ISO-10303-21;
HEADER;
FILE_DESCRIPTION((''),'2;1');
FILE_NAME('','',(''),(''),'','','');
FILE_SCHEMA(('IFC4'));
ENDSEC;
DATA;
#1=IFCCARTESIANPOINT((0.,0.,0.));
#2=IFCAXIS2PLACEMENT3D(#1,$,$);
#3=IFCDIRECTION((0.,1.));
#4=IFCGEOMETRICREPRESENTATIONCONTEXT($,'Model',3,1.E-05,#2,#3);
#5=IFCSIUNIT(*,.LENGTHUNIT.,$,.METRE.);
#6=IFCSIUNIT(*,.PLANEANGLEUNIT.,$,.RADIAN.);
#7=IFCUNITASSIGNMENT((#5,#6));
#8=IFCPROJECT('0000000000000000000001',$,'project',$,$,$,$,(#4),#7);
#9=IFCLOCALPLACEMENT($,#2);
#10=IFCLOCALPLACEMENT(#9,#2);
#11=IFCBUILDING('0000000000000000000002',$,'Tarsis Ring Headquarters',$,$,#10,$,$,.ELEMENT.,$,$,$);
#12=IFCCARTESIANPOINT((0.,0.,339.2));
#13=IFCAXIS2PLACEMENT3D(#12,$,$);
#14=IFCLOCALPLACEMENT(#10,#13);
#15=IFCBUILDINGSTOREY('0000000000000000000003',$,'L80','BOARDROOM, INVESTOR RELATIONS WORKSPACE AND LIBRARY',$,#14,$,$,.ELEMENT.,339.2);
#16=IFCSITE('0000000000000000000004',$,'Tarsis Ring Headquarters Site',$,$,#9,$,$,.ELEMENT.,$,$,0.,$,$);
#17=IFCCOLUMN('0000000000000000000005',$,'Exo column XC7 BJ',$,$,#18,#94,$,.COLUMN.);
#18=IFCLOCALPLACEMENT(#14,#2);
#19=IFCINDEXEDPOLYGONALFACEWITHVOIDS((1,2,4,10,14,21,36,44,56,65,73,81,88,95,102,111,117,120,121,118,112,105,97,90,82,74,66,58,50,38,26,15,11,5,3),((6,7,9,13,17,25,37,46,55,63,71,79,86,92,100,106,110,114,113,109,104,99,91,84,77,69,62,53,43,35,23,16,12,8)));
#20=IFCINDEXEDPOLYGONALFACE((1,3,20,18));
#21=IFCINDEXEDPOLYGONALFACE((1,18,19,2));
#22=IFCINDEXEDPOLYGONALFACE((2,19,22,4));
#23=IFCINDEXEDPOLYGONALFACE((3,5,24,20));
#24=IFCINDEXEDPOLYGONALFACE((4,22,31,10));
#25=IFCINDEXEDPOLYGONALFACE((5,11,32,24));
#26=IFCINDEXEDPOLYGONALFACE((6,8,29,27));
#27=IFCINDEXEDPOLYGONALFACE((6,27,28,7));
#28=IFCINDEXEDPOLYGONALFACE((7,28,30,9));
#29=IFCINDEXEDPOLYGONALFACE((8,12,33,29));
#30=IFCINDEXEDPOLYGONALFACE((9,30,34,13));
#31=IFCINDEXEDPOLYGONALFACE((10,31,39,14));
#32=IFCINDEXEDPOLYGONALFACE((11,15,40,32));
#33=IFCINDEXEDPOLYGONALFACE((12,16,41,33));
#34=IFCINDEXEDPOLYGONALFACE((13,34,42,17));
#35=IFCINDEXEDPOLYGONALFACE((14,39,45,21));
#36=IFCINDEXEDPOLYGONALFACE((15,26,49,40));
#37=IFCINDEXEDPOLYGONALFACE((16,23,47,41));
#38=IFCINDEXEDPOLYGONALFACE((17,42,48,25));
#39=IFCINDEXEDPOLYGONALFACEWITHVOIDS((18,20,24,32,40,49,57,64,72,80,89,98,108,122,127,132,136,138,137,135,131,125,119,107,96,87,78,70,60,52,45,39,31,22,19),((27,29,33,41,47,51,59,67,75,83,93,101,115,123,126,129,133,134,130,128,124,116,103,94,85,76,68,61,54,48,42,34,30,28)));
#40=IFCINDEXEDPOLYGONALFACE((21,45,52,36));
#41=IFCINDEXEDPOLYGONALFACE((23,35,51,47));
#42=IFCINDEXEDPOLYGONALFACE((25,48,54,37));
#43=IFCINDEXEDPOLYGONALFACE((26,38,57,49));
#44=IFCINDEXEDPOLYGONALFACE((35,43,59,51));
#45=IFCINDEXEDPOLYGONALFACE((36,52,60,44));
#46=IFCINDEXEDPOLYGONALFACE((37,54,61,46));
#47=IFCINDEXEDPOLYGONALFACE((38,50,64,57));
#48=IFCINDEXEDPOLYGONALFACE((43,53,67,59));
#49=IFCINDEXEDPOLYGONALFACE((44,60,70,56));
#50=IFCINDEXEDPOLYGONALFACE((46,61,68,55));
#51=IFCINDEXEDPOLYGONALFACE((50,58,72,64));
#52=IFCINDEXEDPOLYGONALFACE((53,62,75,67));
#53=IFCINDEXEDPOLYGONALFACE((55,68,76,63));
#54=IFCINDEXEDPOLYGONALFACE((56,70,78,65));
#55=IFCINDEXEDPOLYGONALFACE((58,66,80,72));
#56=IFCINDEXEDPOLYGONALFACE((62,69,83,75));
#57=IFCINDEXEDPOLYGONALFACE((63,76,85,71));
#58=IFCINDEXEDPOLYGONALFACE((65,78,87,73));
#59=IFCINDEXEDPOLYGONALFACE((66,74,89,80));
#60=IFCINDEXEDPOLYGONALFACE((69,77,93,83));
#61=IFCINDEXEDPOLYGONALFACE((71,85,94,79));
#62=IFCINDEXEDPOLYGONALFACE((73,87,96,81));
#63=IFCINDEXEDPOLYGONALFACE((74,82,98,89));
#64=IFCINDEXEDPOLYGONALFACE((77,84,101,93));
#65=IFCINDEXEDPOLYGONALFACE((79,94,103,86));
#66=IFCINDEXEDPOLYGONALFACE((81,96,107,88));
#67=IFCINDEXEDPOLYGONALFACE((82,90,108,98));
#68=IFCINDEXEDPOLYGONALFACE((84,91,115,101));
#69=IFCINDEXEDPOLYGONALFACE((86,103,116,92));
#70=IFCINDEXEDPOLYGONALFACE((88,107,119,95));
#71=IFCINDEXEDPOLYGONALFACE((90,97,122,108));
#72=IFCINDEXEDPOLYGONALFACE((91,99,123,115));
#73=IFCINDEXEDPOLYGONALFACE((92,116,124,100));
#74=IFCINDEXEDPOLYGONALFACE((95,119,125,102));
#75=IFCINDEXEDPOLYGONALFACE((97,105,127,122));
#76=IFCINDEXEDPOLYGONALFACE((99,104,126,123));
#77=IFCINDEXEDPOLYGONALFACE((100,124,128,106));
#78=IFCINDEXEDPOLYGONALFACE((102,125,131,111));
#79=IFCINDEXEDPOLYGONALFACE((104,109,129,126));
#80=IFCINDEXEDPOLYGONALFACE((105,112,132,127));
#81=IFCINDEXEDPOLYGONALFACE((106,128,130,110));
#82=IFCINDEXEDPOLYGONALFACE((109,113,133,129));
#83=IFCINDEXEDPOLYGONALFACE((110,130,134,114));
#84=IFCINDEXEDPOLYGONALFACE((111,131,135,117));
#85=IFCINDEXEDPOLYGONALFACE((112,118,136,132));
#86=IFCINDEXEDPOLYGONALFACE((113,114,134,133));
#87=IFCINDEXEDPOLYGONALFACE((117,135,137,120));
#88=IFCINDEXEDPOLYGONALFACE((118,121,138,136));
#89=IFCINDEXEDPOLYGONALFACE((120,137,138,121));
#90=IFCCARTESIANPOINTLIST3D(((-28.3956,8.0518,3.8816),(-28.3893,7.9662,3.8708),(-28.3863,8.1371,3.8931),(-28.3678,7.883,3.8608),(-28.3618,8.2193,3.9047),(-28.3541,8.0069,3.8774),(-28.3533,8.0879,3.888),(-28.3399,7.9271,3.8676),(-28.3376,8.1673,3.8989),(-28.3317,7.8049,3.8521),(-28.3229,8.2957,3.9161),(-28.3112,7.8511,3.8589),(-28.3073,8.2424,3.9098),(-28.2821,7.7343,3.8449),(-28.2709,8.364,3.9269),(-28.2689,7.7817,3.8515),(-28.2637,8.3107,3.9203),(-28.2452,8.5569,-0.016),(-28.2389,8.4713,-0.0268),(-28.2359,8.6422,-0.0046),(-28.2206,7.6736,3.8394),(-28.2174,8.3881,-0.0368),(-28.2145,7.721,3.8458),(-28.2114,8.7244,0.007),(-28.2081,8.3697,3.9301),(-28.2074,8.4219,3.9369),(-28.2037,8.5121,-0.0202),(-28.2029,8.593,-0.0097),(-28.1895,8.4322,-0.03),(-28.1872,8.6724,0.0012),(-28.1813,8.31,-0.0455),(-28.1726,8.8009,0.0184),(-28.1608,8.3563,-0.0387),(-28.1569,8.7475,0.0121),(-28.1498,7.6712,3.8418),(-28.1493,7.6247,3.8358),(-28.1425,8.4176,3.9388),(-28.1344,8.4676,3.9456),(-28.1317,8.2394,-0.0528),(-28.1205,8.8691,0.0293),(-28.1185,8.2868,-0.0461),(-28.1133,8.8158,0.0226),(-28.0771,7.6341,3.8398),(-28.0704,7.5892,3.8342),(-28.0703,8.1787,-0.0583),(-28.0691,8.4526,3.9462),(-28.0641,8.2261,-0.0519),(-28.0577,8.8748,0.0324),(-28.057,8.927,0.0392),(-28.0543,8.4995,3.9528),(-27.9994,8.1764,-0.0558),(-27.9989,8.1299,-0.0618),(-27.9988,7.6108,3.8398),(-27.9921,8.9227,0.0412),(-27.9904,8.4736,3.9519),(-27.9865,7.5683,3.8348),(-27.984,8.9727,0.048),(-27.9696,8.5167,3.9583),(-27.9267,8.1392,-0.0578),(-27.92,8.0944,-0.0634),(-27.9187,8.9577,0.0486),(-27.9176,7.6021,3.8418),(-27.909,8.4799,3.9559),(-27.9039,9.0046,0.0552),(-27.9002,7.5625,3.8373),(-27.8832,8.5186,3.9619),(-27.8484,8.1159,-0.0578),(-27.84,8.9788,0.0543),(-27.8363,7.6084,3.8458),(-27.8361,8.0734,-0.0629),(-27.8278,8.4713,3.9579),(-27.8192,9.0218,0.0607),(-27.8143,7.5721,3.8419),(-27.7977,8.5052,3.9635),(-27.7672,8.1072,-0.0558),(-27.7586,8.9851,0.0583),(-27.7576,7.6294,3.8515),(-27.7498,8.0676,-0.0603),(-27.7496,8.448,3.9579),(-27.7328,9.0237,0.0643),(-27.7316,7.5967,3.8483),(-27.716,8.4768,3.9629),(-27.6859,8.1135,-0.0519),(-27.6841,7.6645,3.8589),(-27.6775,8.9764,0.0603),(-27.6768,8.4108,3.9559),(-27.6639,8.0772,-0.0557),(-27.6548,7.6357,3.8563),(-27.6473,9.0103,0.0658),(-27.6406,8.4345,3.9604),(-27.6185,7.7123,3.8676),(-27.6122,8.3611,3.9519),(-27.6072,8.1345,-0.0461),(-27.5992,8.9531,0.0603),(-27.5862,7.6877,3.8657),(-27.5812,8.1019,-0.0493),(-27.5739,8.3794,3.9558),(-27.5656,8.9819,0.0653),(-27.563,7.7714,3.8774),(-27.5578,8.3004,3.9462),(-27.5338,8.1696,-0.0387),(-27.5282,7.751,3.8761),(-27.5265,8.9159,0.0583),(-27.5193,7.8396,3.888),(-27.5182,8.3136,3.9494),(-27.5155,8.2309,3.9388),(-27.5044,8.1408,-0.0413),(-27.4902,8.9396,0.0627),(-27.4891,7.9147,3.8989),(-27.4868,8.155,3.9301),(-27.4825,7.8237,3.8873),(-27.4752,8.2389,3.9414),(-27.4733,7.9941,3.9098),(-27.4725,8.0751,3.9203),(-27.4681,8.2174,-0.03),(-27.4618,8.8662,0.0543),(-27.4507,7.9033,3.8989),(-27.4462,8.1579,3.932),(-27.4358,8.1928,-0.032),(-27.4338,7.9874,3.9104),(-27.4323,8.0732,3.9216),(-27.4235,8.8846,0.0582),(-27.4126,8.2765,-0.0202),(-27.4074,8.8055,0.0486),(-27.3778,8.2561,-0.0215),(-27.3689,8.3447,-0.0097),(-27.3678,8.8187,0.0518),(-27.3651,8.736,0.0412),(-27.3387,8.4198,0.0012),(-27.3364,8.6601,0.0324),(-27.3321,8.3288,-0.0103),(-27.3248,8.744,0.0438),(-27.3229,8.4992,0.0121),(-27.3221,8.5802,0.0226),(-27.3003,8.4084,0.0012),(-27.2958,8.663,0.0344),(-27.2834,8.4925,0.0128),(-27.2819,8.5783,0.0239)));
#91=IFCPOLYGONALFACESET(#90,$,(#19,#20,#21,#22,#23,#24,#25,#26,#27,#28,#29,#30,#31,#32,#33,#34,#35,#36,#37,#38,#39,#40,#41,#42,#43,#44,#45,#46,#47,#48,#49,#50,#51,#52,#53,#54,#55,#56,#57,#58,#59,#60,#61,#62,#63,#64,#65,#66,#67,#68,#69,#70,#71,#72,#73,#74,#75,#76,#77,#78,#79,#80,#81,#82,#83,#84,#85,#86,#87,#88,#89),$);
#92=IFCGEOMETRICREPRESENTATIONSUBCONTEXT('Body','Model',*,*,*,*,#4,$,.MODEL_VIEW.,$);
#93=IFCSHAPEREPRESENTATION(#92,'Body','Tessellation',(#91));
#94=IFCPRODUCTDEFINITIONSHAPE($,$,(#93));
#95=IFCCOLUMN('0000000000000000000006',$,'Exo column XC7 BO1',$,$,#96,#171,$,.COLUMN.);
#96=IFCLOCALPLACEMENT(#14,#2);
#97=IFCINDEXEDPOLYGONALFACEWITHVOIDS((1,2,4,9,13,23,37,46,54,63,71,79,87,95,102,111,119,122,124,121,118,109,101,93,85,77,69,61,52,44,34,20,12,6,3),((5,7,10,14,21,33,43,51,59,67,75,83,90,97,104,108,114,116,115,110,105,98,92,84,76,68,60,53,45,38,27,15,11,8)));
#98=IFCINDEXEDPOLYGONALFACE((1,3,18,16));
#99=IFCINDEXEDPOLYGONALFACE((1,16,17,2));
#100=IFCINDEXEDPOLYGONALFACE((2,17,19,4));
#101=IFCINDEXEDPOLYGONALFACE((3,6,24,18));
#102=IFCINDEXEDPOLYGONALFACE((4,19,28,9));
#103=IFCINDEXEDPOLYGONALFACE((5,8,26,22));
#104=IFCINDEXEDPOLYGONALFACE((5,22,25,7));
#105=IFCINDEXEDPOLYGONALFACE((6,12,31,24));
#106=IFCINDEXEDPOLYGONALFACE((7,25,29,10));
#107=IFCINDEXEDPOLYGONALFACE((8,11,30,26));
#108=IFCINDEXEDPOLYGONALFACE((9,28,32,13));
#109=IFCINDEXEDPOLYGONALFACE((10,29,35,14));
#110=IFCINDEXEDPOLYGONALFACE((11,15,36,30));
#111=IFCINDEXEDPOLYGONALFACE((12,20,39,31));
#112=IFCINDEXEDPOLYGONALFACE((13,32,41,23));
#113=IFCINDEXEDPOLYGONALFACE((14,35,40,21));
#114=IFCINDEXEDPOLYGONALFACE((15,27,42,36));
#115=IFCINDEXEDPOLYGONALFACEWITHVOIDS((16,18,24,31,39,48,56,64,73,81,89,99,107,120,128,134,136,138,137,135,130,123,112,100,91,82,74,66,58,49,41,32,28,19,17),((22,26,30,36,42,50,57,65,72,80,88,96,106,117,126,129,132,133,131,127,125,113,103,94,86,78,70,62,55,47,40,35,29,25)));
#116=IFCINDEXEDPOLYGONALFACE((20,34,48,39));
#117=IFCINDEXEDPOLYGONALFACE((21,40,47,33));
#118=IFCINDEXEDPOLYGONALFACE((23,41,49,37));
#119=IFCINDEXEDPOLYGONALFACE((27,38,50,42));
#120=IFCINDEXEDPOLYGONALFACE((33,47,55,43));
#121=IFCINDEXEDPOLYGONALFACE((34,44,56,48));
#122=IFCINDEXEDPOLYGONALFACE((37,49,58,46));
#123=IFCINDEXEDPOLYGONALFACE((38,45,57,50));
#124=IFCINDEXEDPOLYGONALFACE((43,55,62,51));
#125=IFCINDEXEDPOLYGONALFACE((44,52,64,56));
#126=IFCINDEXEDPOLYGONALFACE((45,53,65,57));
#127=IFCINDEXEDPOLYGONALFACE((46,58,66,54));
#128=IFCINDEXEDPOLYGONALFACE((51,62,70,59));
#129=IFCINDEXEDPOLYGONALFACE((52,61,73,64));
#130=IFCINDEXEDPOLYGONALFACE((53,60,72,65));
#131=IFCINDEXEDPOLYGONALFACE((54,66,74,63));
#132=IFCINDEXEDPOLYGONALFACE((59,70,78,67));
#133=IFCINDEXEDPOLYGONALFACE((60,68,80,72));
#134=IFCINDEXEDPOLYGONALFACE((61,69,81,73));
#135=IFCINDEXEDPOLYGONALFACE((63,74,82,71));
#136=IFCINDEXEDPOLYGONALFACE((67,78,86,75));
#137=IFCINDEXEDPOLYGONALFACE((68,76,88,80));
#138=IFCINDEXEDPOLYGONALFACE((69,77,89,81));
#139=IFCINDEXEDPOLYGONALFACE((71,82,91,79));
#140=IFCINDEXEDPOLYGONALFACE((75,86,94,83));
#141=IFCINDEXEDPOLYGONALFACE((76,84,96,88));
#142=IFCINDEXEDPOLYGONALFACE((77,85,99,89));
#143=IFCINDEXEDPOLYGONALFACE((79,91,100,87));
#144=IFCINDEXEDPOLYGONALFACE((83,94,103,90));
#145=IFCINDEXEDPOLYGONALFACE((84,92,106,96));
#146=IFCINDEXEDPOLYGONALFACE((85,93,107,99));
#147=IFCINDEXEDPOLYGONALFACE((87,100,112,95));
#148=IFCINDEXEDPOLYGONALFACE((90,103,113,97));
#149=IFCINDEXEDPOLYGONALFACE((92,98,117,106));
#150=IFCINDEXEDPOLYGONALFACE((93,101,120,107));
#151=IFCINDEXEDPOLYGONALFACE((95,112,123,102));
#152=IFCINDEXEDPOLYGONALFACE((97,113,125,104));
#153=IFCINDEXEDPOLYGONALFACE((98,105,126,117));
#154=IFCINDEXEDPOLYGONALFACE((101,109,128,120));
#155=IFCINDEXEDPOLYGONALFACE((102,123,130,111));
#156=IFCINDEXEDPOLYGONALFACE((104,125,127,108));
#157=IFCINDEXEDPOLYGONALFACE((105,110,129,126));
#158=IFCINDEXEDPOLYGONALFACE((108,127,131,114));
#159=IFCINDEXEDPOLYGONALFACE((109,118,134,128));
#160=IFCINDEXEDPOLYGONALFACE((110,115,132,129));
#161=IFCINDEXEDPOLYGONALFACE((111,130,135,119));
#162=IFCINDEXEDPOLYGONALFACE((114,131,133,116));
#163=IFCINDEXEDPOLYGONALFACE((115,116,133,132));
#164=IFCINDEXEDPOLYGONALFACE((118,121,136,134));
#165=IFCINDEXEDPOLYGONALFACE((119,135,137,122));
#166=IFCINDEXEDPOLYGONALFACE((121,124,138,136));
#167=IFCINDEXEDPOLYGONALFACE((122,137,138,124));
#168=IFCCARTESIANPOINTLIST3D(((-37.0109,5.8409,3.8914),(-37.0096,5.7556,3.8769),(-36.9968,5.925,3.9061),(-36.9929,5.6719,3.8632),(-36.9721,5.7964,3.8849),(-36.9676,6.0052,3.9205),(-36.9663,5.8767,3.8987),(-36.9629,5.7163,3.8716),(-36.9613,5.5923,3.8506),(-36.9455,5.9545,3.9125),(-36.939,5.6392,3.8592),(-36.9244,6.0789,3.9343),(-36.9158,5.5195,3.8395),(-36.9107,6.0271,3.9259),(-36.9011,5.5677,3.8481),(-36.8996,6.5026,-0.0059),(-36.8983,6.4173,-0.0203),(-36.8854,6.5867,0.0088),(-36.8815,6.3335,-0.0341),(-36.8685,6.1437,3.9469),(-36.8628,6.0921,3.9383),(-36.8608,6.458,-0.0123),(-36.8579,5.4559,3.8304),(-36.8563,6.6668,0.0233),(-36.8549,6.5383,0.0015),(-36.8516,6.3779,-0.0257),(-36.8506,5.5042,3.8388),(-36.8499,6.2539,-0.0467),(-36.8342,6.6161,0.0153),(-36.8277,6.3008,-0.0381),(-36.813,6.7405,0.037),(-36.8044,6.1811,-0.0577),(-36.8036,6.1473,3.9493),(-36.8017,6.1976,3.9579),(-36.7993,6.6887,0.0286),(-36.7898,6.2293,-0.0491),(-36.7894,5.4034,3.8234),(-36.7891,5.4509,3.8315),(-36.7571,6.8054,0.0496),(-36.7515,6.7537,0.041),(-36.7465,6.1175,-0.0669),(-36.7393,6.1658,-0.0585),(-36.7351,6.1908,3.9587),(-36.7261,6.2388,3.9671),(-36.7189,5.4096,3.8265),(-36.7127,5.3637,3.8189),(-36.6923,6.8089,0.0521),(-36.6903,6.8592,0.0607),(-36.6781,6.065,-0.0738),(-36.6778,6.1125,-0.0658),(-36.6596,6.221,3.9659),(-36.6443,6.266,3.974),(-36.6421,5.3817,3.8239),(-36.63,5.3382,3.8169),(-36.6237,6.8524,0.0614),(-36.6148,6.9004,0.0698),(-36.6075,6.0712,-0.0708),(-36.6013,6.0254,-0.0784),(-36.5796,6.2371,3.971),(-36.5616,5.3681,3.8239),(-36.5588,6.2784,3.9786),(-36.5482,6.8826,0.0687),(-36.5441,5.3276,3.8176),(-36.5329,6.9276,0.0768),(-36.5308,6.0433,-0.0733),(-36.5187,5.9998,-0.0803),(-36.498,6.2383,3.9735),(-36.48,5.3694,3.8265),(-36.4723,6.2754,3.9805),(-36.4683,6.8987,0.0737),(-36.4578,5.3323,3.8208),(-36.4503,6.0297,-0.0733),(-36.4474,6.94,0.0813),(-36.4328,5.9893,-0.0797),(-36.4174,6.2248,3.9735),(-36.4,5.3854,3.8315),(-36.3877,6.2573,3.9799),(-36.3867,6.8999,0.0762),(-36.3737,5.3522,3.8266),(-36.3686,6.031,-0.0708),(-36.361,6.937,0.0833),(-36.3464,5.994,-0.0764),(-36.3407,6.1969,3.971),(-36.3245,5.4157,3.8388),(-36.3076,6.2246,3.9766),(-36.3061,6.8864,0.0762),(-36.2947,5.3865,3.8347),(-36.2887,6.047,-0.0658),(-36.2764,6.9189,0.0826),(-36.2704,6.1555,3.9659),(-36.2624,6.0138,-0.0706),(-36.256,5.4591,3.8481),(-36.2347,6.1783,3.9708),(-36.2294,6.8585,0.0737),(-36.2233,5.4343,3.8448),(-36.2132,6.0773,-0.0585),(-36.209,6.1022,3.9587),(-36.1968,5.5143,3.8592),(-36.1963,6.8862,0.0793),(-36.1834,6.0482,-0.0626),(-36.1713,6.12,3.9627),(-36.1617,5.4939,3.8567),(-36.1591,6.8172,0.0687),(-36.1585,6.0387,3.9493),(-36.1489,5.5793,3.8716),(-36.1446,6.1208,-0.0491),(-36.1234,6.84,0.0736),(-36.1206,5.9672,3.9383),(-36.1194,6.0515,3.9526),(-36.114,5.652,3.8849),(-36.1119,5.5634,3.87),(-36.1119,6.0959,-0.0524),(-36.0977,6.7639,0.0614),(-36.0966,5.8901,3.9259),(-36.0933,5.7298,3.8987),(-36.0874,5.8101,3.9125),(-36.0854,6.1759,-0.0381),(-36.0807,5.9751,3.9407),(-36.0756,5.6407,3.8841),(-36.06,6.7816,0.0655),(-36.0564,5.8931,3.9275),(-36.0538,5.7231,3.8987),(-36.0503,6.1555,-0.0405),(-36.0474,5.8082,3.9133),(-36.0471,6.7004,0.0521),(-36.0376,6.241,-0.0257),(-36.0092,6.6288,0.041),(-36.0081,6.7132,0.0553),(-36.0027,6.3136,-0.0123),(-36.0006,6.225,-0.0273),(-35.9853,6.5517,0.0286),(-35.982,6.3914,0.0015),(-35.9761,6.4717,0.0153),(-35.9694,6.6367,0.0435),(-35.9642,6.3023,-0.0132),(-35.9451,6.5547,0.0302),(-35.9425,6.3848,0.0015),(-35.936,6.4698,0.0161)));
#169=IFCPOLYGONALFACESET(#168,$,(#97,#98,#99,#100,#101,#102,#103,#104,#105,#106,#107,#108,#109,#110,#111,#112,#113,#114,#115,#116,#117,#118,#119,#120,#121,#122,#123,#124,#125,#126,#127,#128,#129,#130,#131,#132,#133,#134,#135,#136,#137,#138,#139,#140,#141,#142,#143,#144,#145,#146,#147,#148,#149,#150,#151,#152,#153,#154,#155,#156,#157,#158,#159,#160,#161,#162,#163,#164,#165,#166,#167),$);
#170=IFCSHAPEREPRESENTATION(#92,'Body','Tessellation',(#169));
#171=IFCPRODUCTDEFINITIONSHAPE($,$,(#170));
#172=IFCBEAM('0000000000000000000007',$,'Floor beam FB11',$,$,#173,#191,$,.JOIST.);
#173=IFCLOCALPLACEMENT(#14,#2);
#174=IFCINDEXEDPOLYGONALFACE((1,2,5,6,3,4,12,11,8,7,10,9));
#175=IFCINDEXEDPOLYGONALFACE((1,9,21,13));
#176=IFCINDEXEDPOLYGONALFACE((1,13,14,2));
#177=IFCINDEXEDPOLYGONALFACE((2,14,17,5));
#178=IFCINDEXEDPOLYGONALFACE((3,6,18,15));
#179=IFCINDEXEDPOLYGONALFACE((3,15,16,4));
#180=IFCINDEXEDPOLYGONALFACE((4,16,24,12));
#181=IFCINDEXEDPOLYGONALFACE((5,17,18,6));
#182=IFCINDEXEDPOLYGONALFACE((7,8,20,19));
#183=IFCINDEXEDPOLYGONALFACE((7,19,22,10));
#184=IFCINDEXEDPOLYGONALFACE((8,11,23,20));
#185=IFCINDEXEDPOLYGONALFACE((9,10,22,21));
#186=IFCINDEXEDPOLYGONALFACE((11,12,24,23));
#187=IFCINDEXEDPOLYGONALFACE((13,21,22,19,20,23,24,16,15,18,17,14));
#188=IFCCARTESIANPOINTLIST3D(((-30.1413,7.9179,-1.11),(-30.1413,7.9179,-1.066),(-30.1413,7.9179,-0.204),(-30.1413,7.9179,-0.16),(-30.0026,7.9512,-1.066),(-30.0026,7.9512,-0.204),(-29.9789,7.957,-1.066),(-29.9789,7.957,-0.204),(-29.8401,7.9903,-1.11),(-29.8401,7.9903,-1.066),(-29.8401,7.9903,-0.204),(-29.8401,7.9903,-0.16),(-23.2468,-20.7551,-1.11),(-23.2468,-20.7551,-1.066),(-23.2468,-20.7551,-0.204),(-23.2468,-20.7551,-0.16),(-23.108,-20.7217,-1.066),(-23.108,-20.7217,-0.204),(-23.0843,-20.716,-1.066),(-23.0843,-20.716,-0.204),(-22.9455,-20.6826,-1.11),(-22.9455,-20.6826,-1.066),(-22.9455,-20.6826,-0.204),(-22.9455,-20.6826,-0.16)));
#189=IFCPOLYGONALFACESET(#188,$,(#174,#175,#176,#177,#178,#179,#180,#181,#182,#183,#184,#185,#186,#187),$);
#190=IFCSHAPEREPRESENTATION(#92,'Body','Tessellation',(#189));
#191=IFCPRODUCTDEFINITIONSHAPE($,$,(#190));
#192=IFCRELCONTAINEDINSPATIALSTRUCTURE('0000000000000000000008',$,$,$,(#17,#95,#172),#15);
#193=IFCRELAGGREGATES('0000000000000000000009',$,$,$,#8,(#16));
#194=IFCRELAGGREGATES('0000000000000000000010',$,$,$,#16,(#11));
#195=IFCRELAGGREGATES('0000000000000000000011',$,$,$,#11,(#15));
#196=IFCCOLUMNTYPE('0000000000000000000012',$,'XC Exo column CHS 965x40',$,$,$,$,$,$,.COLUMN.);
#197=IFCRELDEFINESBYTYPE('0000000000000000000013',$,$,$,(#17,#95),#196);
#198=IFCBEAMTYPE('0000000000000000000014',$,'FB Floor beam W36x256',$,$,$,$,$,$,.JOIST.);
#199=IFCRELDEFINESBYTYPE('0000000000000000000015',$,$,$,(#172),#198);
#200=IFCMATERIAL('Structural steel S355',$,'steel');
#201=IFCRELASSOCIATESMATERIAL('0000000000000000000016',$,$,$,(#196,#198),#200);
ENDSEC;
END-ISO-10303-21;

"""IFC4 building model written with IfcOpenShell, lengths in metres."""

from ifc_helpers import new_model, si_unit, direction, frame, origin, origin_2d, place, context, subcontext, project, spatial, hollow_circle, i_section, extrude, material, material_profile, profile_set, type_object, element, save


model = new_model("IFC4")

# Units and contexts
model_context = context("Model", 3, precision=1e-05, world=origin(), true_north=direction((0.0, 1.0)))
body_context = subcontext(model_context, "Body", "Model", "MODEL_VIEW")
ifc_project = project(units=[si_unit("LENGTHUNIT", "METRE"), si_unit("PLANEANGLEUNIT", "RADIAN")], contexts=[model_context])

# Site, building, storey
site_placement = place(None, origin())
site = spatial("IfcSite", under=ifc_project, at=site_placement, Name="Tarsis Ring Headquarters Site", CompositionType="ELEMENT", RefElevation=0.0)
building_placement = place(site_placement, origin())
building = spatial("IfcBuilding", under=site, at=building_placement, Name="Tarsis Ring Headquarters", CompositionType="ELEMENT")
storey_placement = place(building_placement, frame((0.0, 0.0, 339.2)))
storey = spatial("IfcBuildingStorey", under=building, at=storey_placement, Name="L80", Description="BOARDROOM, INVESTOR RELATIONS WORKSPACE AND LIBRARY", CompositionType="ELEMENT", Elevation=339.2)

# Columns
ifc_material_1 = material(Name="Structural steel S355", Category="steel")
ifc_material_profile_1 = material_profile(ifc_material_1, hollow_circle(Radius=0.4827, WallThickness=0.04, at=origin_2d()), Name="CHS 965x40")
ifc_profile_set_1 = profile_set([ifc_material_profile_1], Name="Structural steel S355")
column_type = type_object("IfcColumnType", Name="XC Exo column CHS 965x40", PredefinedType="COLUMN", material=ifc_profile_set_1)
column_1_placement = place(storey_placement, frame((-27.7629, 8.5461, 0.0012), z_axis=(-0.038236, -0.128427, 0.990982), x_axis=(0.958423, -0.28535, 0.0)))
element("IfcColumn", 1, at=column_1_placement, inside=storey, type_object=column_type, Name="Exo column XC7 BJ", PredefinedType="COLUMN", context=body_context, shape_type="SweptSolid", body=[
    extrude(hollow_circle(Radius=0.4827, WallThickness=0.04, at=origin_2d()), origin(), (0.0, 0.0, 1.0), 3.9331),
])
column_2_placement = place(storey_placement, frame((-36.4185, 6.4648, 0.0015), z_axis=(-0.028152, -0.167306, 0.985503), x_axis=(0.986137, -0.165933, 0.0)))
element("IfcColumn", 2, at=column_2_placement, inside=storey, type_object=column_type, Name="Exo column XC7 BO1", PredefinedType="COLUMN", context=body_context, shape_type="SweptSolid", body=[
    extrude(hollow_circle(Radius=0.4827, WallThickness=0.04, at=origin_2d()), origin(), (0.0, 0.0, 1.0), 3.9546),
])

# Beam
ifc_material_profile_2 = material_profile(ifc_material_1, i_section(OverallWidth=0.3098, OverallDepth=0.95, WebThickness=0.0244, FlangeThickness=0.0439, at=origin_2d()), Name="W36x256")
ifc_profile_set_2 = profile_set([ifc_material_profile_2], Name="Structural steel S355")
beam_type_1 = type_object("IfcBeamType", Name="FB Floor beam W36x256", PredefinedType="JOIST", material=ifc_profile_set_2)
beam_1_placement = place(storey_placement, frame((-29.9907, 7.9541, -0.635), z_axis=(0.233791, -0.972287, 0.0), x_axis=(0.972287, 0.233791, 0.0)))
element("IfcBeam", 3, at=beam_1_placement, inside=storey, type_object=beam_type_1, Name="Floor beam FB11", PredefinedType="JOIST", context=body_context, shape_type="SweptSolid", body=[
    extrude(i_section(OverallWidth=0.3098, OverallDepth=0.95, WebThickness=0.0244, FlangeThickness=0.0439, at=origin_2d()), origin(), (0.0, 0.0, 1.0), 29.4902),
])

save(model, "model.ifc")
